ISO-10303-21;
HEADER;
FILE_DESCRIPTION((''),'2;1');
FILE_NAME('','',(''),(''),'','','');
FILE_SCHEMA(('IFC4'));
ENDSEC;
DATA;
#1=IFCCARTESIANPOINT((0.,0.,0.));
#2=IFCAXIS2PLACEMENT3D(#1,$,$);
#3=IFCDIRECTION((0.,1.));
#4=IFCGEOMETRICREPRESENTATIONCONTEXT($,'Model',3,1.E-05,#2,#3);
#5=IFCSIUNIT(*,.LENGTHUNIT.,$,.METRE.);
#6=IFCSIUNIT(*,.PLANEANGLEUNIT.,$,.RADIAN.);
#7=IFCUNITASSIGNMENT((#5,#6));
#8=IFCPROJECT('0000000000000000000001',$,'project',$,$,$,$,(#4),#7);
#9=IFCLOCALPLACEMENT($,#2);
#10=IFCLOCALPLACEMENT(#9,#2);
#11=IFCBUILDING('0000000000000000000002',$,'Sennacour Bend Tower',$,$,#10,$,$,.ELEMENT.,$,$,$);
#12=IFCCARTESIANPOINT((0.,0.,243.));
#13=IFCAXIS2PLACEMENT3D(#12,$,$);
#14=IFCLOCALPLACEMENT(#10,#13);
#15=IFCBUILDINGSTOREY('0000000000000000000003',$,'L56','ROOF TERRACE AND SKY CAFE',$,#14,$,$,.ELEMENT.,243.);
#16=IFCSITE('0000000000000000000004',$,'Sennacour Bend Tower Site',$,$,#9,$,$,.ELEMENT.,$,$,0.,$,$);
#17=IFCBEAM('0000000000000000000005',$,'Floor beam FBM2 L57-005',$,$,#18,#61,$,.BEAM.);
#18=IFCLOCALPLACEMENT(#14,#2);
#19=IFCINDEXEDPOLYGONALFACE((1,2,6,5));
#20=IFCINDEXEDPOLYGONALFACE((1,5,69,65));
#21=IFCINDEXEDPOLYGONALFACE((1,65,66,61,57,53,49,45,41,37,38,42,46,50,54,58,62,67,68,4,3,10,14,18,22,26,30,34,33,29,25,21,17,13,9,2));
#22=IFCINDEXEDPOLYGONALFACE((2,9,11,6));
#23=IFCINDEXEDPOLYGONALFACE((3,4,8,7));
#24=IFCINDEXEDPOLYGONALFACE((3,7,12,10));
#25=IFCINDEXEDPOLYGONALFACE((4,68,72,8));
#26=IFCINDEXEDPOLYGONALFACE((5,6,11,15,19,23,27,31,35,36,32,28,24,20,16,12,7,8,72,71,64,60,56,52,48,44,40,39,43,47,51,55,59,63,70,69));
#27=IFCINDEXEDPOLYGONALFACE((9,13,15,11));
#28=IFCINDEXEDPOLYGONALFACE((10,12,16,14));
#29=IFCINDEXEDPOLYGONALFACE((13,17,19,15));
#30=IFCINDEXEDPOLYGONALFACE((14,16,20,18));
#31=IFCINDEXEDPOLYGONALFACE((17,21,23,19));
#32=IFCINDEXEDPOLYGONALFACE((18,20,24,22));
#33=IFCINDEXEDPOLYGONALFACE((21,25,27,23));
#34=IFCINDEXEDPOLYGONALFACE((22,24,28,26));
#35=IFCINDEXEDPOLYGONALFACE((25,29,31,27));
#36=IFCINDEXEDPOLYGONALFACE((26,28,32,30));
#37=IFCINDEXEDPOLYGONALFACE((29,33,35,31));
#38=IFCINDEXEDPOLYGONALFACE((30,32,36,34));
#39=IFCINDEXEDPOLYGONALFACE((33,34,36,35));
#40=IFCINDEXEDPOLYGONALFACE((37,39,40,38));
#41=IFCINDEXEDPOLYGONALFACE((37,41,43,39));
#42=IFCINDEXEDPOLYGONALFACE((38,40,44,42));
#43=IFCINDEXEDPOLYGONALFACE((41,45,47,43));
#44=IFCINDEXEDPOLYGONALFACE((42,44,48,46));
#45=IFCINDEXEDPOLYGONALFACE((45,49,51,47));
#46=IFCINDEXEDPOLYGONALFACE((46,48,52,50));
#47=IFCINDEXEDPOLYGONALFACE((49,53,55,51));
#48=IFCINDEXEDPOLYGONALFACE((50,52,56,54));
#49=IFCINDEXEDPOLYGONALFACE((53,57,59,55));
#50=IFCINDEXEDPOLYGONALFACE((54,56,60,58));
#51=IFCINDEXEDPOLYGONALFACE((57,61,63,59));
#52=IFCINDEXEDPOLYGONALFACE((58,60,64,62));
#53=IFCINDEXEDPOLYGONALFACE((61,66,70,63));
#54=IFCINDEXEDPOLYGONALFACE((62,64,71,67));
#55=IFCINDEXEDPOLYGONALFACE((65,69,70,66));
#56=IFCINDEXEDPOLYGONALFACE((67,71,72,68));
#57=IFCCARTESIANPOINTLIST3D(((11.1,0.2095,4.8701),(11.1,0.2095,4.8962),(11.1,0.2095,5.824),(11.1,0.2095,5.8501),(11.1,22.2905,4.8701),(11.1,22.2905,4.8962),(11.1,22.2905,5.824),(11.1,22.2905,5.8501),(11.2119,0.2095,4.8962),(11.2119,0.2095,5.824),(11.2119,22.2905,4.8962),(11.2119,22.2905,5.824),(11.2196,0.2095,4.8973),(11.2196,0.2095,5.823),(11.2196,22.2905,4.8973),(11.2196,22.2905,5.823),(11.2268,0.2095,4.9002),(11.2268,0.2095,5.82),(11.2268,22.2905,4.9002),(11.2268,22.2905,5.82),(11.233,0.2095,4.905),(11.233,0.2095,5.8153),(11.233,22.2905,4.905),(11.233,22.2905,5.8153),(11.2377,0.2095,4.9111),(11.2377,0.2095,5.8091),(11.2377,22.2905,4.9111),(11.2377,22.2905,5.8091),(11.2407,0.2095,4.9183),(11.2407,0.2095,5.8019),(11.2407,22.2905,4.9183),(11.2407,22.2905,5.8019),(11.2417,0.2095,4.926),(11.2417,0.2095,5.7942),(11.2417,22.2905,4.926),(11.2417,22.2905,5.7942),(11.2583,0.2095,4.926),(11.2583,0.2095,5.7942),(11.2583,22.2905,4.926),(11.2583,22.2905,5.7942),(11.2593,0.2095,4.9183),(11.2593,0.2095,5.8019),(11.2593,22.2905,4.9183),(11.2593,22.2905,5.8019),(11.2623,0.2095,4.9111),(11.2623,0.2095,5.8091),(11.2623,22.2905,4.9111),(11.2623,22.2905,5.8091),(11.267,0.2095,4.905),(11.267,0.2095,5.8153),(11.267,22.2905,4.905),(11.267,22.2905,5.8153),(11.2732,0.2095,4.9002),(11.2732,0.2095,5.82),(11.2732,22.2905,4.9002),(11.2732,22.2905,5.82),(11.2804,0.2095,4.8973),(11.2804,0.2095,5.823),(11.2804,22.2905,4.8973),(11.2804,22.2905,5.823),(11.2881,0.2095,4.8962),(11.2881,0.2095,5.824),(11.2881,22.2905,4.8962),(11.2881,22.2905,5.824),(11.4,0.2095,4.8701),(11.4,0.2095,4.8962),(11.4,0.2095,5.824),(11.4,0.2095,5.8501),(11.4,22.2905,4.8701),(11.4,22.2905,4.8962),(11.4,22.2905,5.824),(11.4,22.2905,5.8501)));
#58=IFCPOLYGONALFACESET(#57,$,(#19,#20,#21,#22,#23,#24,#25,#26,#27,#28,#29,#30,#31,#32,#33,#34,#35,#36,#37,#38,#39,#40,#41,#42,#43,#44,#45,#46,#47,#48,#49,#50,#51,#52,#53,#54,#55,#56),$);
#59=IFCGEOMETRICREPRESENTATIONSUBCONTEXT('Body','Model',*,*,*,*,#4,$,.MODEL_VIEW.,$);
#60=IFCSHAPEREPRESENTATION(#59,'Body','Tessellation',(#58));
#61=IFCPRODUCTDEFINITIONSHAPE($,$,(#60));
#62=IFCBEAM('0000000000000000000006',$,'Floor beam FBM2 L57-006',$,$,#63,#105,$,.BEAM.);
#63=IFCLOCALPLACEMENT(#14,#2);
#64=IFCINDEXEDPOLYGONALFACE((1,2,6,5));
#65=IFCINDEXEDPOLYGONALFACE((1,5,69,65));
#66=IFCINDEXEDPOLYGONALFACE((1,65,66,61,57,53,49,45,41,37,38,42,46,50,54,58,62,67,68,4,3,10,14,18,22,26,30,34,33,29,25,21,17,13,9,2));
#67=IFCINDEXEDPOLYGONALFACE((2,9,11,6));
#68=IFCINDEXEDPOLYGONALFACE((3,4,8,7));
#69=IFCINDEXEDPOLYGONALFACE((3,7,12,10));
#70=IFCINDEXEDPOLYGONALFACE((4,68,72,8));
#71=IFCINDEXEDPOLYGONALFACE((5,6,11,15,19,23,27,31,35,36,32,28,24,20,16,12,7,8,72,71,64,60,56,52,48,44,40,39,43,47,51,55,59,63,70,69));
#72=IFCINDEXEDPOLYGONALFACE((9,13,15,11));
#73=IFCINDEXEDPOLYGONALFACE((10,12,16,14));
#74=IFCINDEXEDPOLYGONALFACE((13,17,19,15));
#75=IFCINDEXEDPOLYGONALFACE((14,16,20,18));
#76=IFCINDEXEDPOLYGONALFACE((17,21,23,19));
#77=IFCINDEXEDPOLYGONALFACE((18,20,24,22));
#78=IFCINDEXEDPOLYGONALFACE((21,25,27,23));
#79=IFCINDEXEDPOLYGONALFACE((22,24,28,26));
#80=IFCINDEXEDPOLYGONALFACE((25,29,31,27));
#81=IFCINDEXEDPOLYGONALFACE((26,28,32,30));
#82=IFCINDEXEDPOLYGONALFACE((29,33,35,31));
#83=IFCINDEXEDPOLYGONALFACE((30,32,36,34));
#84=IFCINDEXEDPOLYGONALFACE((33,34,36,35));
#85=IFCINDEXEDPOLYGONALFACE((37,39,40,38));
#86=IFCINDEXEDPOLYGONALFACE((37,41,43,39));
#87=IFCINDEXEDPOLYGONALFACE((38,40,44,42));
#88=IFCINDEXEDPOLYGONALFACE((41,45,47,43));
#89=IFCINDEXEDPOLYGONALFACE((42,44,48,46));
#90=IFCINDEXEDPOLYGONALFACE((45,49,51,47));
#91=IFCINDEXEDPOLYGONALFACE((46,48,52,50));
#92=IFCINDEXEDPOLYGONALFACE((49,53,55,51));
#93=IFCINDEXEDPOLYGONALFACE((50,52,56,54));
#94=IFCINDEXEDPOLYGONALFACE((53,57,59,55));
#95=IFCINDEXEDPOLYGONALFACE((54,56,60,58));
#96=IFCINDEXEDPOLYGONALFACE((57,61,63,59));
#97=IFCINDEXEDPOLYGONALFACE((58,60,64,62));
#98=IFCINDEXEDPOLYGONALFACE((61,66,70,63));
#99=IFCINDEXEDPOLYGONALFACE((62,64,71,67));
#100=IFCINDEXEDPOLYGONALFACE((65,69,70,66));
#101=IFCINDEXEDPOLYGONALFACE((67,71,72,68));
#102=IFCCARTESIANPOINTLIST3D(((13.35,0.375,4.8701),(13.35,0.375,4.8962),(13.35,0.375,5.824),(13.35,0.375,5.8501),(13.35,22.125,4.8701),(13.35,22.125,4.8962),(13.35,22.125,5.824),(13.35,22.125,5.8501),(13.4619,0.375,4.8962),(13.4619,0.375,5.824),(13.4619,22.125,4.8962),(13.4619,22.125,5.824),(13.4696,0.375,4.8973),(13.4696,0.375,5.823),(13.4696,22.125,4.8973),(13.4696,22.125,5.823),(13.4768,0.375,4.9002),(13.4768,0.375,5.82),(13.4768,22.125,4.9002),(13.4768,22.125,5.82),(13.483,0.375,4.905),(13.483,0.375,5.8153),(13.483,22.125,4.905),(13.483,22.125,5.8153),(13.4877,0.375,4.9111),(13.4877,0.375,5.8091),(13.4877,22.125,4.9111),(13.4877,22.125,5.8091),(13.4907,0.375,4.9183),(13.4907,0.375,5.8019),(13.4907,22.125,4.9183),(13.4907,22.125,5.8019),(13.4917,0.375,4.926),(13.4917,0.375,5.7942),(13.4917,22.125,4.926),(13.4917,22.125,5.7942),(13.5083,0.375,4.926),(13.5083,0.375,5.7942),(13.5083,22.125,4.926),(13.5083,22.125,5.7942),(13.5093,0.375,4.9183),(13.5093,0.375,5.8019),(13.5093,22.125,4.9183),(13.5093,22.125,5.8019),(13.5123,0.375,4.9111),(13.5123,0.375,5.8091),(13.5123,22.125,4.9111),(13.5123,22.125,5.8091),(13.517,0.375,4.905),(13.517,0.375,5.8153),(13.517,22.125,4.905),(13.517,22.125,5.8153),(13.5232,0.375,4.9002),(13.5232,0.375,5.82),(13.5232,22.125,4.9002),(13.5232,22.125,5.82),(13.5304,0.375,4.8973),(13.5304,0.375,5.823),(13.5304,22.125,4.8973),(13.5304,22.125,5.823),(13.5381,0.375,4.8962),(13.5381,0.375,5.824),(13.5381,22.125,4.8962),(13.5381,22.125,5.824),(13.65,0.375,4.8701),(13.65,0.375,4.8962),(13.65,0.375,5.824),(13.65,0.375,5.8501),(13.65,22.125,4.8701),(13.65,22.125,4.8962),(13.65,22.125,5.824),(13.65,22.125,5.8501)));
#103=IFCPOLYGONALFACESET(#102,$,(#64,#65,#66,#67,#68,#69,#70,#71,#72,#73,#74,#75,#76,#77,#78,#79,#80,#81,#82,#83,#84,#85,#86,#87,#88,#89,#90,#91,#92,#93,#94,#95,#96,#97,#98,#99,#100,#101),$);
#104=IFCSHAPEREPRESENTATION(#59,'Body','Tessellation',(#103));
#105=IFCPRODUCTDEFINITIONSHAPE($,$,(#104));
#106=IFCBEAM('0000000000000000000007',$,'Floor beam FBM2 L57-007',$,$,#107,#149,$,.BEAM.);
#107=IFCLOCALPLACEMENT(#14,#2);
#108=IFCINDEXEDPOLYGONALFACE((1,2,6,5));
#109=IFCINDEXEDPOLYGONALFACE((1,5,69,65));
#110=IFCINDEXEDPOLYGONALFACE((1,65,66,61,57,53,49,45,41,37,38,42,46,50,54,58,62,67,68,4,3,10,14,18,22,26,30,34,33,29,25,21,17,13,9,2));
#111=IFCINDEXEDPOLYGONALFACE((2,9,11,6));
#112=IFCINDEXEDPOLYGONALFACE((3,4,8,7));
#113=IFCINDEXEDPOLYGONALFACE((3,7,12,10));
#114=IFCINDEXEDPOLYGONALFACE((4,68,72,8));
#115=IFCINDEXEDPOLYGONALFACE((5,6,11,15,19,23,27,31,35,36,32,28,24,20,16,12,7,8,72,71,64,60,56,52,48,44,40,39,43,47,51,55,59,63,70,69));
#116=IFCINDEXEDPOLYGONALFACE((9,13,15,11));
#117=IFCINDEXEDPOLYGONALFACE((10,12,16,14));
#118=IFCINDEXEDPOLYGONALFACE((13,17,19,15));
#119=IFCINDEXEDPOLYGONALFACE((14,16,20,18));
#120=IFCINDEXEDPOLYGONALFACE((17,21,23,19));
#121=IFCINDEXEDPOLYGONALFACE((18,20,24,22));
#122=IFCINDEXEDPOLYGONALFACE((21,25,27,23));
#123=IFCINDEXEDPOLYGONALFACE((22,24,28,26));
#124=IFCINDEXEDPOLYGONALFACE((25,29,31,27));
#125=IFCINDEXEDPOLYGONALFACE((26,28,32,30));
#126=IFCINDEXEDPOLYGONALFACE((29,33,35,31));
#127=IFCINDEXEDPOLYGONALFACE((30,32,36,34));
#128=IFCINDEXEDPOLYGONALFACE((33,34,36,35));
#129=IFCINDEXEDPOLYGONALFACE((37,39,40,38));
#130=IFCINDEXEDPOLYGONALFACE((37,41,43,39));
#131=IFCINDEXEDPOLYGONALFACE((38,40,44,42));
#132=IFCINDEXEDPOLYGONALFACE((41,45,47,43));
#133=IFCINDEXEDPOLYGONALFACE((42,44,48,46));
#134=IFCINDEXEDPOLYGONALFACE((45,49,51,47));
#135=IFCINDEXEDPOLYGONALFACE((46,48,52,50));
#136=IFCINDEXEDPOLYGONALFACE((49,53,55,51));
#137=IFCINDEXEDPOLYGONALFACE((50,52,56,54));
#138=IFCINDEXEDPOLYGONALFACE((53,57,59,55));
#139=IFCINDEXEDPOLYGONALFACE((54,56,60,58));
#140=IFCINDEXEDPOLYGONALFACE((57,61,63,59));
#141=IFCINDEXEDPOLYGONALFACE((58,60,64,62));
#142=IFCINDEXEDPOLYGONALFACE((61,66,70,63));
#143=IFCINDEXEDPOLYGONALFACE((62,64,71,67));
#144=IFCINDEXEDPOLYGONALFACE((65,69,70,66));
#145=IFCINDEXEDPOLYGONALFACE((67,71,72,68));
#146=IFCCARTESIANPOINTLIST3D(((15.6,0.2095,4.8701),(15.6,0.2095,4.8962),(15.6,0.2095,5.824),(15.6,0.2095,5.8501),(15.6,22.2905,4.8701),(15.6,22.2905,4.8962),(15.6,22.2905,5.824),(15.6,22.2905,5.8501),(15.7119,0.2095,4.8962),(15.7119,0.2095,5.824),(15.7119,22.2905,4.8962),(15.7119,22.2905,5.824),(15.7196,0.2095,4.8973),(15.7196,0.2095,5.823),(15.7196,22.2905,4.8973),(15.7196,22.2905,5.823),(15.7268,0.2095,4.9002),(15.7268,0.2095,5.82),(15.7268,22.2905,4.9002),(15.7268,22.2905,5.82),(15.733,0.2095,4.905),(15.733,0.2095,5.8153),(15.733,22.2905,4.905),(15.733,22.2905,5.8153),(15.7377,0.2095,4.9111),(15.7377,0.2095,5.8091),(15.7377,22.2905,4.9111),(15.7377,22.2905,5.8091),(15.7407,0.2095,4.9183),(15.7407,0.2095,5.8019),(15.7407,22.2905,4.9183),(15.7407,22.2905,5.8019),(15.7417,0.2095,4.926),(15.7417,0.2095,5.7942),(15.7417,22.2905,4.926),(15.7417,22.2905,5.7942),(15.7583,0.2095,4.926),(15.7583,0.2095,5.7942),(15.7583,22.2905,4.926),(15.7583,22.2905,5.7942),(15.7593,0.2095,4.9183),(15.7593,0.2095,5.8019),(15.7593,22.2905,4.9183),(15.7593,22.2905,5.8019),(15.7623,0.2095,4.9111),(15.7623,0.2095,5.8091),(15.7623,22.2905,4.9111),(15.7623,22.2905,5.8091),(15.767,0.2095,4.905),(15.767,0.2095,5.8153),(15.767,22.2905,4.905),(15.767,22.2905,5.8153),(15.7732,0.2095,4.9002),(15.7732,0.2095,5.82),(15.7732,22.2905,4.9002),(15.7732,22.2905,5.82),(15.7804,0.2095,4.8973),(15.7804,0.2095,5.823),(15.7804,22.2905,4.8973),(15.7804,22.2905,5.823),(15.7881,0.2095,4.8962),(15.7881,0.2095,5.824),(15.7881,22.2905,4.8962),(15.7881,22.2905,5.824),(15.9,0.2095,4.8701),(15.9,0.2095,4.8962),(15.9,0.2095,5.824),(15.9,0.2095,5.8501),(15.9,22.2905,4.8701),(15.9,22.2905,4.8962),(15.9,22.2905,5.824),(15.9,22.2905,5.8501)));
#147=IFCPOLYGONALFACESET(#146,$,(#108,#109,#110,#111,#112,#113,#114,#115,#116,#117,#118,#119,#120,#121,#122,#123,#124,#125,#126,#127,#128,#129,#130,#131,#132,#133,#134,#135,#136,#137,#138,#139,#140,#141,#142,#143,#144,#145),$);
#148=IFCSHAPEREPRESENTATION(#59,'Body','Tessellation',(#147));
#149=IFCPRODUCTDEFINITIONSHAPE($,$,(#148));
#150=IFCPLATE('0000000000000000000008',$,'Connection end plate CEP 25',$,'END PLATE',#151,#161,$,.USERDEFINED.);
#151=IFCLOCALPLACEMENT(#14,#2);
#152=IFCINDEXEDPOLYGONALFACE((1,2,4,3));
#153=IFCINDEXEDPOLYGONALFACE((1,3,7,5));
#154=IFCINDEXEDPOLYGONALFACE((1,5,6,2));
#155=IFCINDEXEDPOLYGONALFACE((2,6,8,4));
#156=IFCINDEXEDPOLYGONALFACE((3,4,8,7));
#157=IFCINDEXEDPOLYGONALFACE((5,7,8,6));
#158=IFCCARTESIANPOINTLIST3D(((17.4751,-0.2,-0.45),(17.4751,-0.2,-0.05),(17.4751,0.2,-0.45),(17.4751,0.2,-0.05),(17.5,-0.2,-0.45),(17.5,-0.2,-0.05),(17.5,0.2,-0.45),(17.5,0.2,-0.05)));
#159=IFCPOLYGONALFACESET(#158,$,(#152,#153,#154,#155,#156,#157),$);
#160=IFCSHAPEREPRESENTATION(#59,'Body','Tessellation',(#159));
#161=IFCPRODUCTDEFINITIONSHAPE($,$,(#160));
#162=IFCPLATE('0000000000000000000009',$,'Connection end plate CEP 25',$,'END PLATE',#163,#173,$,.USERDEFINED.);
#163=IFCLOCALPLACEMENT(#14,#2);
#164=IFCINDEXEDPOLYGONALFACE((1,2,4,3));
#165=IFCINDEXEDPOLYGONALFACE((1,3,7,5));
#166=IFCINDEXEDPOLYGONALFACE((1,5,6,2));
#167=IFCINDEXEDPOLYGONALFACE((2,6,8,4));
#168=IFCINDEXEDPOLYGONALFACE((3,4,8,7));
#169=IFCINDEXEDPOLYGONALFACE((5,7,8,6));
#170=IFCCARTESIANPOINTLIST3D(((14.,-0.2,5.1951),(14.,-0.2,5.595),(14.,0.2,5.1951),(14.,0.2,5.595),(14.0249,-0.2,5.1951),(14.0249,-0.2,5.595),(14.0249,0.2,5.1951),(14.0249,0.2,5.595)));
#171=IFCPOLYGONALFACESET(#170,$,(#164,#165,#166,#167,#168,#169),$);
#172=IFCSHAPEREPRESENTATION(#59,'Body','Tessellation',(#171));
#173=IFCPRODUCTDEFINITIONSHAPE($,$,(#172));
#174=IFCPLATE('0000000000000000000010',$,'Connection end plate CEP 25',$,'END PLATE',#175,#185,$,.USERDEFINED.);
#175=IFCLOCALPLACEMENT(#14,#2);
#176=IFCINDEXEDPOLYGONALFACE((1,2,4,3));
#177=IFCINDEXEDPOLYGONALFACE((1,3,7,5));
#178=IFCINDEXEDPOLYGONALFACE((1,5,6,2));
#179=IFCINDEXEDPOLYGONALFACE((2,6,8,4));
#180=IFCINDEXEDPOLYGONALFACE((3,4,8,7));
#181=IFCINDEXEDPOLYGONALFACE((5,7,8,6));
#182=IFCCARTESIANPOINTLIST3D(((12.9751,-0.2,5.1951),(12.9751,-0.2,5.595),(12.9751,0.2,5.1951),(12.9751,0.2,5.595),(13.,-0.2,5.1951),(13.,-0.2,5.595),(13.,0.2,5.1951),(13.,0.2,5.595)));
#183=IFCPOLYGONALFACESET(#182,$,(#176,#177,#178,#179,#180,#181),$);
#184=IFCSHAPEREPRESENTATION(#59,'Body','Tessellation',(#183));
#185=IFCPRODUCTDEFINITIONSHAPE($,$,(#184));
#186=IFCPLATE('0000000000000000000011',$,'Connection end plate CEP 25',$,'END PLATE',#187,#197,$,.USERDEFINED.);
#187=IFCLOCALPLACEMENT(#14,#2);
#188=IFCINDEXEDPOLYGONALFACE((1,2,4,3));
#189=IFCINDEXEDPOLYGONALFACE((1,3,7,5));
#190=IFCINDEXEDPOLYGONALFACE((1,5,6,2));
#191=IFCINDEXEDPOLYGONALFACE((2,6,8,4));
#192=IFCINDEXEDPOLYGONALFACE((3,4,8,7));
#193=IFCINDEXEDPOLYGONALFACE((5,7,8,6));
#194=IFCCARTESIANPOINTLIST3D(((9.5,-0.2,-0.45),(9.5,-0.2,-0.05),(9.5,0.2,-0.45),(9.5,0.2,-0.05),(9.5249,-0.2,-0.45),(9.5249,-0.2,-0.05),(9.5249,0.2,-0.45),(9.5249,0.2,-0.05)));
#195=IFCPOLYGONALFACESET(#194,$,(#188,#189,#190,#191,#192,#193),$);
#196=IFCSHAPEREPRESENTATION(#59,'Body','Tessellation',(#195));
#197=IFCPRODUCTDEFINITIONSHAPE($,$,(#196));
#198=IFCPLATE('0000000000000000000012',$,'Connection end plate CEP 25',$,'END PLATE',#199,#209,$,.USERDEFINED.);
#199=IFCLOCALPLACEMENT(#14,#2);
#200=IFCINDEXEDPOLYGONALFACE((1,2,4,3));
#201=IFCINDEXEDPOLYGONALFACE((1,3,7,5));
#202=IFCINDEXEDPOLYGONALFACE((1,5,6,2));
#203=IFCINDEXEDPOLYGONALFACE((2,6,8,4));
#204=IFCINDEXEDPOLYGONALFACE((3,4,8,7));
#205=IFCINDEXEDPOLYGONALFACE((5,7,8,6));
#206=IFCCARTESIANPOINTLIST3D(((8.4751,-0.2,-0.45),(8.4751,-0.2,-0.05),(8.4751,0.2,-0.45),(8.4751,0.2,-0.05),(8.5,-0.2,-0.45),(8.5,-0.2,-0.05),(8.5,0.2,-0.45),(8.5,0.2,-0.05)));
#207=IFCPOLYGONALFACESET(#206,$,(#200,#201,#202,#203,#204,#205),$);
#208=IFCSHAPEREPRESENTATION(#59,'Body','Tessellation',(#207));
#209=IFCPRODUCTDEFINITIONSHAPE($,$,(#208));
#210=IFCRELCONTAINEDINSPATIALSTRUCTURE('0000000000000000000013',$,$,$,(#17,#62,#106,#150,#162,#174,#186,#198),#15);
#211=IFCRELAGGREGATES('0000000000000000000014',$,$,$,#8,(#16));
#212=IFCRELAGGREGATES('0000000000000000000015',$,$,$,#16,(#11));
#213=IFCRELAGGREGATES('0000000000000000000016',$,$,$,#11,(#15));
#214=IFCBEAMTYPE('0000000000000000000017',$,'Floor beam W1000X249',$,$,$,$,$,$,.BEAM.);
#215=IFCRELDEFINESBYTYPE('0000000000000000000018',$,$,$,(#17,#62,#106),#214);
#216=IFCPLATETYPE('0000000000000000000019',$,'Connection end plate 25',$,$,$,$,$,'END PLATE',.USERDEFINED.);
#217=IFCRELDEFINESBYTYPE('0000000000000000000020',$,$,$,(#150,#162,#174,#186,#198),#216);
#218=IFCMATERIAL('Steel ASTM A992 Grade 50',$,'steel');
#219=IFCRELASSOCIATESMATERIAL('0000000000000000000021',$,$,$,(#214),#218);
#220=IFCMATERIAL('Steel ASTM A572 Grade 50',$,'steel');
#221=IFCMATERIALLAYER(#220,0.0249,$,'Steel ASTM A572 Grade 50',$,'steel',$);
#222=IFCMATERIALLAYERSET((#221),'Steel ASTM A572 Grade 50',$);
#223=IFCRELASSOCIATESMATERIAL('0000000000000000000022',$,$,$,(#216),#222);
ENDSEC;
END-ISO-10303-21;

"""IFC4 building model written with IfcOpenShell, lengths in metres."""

from ifc_helpers import new_model, si_unit, direction, frame, origin, origin_2d, place, context, subcontext, project, spatial, rectangle, i_section, extrude, material, layer, layer_set, material_profile, profile_set, type_object, element, save


model = new_model("IFC4")

# Units and contexts
model_context = context("Model", 3, precision=1e-05, world=origin(), true_north=direction((0.0, 1.0)))
body_context = subcontext(model_context, "Body", "Model", "MODEL_VIEW")
ifc_project = project(units=[si_unit("LENGTHUNIT", "METRE"), si_unit("PLANEANGLEUNIT", "RADIAN")], contexts=[model_context])

# Site, building, storey
site_placement = place(None, origin())
site = spatial("IfcSite", under=ifc_project, at=site_placement, Name="Sennacour Bend Tower Site", CompositionType="ELEMENT", RefElevation=0.0)
building_placement = place(site_placement, origin())
building = spatial("IfcBuilding", under=site, at=building_placement, Name="Sennacour Bend Tower", CompositionType="ELEMENT")
storey_placement = place(building_placement, frame((0.0, 0.0, 243.0)))
storey = spatial("IfcBuildingStorey", under=building, at=storey_placement, Name="L56", Description="ROOF TERRACE AND SKY CAFE", CompositionType="ELEMENT", Elevation=243.0)

# Shared definitions
ifc_material_1 = material(Name="Steel ASTM A572 Grade 50", Category="steel")

# Shared definitions
ifc_material_2 = material(Name="Steel ASTM A992 Grade 50", Category="steel")

# Beams
ifc_material_profile_1 = material_profile(ifc_material_2, i_section(OverallWidth=0.3, OverallDepth=0.98, WebThickness=0.0166, FlangeThickness=0.0261, FilletRadius=0.0298, at=origin_2d()), Name="Steel ASTM A992 Grade 50", Category="steel")
ifc_profile_set_1 = profile_set([ifc_material_profile_1], Name="Steel ASTM A992 Grade 50")
beam_type = type_object("IfcBeamType", Name="Floor beam W1000X249", PredefinedType="BEAM", material=ifc_profile_set_1)
beam_1_placement = place(storey_placement, frame((11.25, 0.2095, 5.3601), z_axis=(0.0, 1.0, 0.0), x_axis=(-1.0, 0.0, 0.0)))
element("IfcBeam", 1, at=beam_1_placement, inside=storey, type_object=beam_type, Name="Floor beam FBM2 L57-005", PredefinedType="BEAM", context=body_context, shape_type="SweptSolid", body=[
    extrude(i_section(OverallWidth=0.3, OverallDepth=0.98, WebThickness=0.0166, FlangeThickness=0.0261, FilletRadius=0.0298, at=origin_2d()), origin(), (0.0, 0.0, 1.0), 22.0811),
])
beam_2_placement = place(storey_placement, frame((13.5, 0.375, 5.3601), z_axis=(0.0, 1.0, 0.0), x_axis=(-1.0, 0.0, 0.0)))
element("IfcBeam", 2, at=beam_2_placement, inside=storey, type_object=beam_type, Name="Floor beam FBM2 L57-006", PredefinedType="BEAM", context=body_context, shape_type="SweptSolid", body=[
    extrude(i_section(OverallWidth=0.3, OverallDepth=0.98, WebThickness=0.0166, FlangeThickness=0.0261, FilletRadius=0.0298, at=origin_2d()), origin(), (0.0, 0.0, 1.0), 21.75),
])
beam_3_placement = place(storey_placement, frame((15.75, 0.2095, 5.3601), z_axis=(0.0, 1.0, 0.0), x_axis=(-1.0, 0.0, 0.0)))
element("IfcBeam", 3, at=beam_3_placement, inside=storey, type_object=beam_type, Name="Floor beam FBM2 L57-007", PredefinedType="BEAM", context=body_context, shape_type="SweptSolid", body=[
    extrude(i_section(OverallWidth=0.3, OverallDepth=0.98, WebThickness=0.0166, FlangeThickness=0.0261, FilletRadius=0.0298, at=origin_2d()), origin(), (0.0, 0.0, 1.0), 22.0811),
])

# Plates
ifc_layer_1 = layer(ifc_material_1, 0.0249, Name="Steel ASTM A572 Grade 50", Category="steel")
ifc_layer_set_1 = layer_set([ifc_layer_1], Name="Steel ASTM A572 Grade 50")
plate_type = type_object("IfcPlateType", Name="Connection end plate 25", ElementType="END PLATE", PredefinedType="USERDEFINED", material=ifc_layer_set_1)
for number, where, z_axis, x_axis, name in (
    (4, (17.4875, 0.0, -0.45), (0.0, 0.0, 1.0), (1.0, 0.0, 0.0), "Connection end plate CEP 25"),
    (5, (14.0125, 0.0, 5.1951), (0.0, 0.0, 1.0), (-1.0, 0.0, 0.0), "Connection end plate CEP 25"),
    (6, (12.9875, 0.0, 5.1951), (0.0, 0.0, 1.0), (1.0, 0.0, 0.0), "Connection end plate CEP 25"),
    (7, (9.5125, 0.0, -0.45), (0.0, 0.0, 1.0), (-1.0, 0.0, 0.0), "Connection end plate CEP 25"),
    (8, (8.4875, 0.0, -0.45), (0.0, 0.0, 1.0), (1.0, 0.0, 0.0), "Connection end plate CEP 25"),
):
    element("IfcPlate", number, at=place(storey_placement, frame(where, z_axis=z_axis, x_axis=x_axis)), inside=storey, type_object=plate_type, Name=name, ObjectType="END PLATE", PredefinedType="USERDEFINED", context=body_context, shape_type="SweptSolid", body=[
        extrude(rectangle(XDim=0.0249, YDim=0.3999, at=origin_2d()), origin(), (0.0, 0.0, 1.0), 0.3999),
    ])

save(model, "model.ifc")
